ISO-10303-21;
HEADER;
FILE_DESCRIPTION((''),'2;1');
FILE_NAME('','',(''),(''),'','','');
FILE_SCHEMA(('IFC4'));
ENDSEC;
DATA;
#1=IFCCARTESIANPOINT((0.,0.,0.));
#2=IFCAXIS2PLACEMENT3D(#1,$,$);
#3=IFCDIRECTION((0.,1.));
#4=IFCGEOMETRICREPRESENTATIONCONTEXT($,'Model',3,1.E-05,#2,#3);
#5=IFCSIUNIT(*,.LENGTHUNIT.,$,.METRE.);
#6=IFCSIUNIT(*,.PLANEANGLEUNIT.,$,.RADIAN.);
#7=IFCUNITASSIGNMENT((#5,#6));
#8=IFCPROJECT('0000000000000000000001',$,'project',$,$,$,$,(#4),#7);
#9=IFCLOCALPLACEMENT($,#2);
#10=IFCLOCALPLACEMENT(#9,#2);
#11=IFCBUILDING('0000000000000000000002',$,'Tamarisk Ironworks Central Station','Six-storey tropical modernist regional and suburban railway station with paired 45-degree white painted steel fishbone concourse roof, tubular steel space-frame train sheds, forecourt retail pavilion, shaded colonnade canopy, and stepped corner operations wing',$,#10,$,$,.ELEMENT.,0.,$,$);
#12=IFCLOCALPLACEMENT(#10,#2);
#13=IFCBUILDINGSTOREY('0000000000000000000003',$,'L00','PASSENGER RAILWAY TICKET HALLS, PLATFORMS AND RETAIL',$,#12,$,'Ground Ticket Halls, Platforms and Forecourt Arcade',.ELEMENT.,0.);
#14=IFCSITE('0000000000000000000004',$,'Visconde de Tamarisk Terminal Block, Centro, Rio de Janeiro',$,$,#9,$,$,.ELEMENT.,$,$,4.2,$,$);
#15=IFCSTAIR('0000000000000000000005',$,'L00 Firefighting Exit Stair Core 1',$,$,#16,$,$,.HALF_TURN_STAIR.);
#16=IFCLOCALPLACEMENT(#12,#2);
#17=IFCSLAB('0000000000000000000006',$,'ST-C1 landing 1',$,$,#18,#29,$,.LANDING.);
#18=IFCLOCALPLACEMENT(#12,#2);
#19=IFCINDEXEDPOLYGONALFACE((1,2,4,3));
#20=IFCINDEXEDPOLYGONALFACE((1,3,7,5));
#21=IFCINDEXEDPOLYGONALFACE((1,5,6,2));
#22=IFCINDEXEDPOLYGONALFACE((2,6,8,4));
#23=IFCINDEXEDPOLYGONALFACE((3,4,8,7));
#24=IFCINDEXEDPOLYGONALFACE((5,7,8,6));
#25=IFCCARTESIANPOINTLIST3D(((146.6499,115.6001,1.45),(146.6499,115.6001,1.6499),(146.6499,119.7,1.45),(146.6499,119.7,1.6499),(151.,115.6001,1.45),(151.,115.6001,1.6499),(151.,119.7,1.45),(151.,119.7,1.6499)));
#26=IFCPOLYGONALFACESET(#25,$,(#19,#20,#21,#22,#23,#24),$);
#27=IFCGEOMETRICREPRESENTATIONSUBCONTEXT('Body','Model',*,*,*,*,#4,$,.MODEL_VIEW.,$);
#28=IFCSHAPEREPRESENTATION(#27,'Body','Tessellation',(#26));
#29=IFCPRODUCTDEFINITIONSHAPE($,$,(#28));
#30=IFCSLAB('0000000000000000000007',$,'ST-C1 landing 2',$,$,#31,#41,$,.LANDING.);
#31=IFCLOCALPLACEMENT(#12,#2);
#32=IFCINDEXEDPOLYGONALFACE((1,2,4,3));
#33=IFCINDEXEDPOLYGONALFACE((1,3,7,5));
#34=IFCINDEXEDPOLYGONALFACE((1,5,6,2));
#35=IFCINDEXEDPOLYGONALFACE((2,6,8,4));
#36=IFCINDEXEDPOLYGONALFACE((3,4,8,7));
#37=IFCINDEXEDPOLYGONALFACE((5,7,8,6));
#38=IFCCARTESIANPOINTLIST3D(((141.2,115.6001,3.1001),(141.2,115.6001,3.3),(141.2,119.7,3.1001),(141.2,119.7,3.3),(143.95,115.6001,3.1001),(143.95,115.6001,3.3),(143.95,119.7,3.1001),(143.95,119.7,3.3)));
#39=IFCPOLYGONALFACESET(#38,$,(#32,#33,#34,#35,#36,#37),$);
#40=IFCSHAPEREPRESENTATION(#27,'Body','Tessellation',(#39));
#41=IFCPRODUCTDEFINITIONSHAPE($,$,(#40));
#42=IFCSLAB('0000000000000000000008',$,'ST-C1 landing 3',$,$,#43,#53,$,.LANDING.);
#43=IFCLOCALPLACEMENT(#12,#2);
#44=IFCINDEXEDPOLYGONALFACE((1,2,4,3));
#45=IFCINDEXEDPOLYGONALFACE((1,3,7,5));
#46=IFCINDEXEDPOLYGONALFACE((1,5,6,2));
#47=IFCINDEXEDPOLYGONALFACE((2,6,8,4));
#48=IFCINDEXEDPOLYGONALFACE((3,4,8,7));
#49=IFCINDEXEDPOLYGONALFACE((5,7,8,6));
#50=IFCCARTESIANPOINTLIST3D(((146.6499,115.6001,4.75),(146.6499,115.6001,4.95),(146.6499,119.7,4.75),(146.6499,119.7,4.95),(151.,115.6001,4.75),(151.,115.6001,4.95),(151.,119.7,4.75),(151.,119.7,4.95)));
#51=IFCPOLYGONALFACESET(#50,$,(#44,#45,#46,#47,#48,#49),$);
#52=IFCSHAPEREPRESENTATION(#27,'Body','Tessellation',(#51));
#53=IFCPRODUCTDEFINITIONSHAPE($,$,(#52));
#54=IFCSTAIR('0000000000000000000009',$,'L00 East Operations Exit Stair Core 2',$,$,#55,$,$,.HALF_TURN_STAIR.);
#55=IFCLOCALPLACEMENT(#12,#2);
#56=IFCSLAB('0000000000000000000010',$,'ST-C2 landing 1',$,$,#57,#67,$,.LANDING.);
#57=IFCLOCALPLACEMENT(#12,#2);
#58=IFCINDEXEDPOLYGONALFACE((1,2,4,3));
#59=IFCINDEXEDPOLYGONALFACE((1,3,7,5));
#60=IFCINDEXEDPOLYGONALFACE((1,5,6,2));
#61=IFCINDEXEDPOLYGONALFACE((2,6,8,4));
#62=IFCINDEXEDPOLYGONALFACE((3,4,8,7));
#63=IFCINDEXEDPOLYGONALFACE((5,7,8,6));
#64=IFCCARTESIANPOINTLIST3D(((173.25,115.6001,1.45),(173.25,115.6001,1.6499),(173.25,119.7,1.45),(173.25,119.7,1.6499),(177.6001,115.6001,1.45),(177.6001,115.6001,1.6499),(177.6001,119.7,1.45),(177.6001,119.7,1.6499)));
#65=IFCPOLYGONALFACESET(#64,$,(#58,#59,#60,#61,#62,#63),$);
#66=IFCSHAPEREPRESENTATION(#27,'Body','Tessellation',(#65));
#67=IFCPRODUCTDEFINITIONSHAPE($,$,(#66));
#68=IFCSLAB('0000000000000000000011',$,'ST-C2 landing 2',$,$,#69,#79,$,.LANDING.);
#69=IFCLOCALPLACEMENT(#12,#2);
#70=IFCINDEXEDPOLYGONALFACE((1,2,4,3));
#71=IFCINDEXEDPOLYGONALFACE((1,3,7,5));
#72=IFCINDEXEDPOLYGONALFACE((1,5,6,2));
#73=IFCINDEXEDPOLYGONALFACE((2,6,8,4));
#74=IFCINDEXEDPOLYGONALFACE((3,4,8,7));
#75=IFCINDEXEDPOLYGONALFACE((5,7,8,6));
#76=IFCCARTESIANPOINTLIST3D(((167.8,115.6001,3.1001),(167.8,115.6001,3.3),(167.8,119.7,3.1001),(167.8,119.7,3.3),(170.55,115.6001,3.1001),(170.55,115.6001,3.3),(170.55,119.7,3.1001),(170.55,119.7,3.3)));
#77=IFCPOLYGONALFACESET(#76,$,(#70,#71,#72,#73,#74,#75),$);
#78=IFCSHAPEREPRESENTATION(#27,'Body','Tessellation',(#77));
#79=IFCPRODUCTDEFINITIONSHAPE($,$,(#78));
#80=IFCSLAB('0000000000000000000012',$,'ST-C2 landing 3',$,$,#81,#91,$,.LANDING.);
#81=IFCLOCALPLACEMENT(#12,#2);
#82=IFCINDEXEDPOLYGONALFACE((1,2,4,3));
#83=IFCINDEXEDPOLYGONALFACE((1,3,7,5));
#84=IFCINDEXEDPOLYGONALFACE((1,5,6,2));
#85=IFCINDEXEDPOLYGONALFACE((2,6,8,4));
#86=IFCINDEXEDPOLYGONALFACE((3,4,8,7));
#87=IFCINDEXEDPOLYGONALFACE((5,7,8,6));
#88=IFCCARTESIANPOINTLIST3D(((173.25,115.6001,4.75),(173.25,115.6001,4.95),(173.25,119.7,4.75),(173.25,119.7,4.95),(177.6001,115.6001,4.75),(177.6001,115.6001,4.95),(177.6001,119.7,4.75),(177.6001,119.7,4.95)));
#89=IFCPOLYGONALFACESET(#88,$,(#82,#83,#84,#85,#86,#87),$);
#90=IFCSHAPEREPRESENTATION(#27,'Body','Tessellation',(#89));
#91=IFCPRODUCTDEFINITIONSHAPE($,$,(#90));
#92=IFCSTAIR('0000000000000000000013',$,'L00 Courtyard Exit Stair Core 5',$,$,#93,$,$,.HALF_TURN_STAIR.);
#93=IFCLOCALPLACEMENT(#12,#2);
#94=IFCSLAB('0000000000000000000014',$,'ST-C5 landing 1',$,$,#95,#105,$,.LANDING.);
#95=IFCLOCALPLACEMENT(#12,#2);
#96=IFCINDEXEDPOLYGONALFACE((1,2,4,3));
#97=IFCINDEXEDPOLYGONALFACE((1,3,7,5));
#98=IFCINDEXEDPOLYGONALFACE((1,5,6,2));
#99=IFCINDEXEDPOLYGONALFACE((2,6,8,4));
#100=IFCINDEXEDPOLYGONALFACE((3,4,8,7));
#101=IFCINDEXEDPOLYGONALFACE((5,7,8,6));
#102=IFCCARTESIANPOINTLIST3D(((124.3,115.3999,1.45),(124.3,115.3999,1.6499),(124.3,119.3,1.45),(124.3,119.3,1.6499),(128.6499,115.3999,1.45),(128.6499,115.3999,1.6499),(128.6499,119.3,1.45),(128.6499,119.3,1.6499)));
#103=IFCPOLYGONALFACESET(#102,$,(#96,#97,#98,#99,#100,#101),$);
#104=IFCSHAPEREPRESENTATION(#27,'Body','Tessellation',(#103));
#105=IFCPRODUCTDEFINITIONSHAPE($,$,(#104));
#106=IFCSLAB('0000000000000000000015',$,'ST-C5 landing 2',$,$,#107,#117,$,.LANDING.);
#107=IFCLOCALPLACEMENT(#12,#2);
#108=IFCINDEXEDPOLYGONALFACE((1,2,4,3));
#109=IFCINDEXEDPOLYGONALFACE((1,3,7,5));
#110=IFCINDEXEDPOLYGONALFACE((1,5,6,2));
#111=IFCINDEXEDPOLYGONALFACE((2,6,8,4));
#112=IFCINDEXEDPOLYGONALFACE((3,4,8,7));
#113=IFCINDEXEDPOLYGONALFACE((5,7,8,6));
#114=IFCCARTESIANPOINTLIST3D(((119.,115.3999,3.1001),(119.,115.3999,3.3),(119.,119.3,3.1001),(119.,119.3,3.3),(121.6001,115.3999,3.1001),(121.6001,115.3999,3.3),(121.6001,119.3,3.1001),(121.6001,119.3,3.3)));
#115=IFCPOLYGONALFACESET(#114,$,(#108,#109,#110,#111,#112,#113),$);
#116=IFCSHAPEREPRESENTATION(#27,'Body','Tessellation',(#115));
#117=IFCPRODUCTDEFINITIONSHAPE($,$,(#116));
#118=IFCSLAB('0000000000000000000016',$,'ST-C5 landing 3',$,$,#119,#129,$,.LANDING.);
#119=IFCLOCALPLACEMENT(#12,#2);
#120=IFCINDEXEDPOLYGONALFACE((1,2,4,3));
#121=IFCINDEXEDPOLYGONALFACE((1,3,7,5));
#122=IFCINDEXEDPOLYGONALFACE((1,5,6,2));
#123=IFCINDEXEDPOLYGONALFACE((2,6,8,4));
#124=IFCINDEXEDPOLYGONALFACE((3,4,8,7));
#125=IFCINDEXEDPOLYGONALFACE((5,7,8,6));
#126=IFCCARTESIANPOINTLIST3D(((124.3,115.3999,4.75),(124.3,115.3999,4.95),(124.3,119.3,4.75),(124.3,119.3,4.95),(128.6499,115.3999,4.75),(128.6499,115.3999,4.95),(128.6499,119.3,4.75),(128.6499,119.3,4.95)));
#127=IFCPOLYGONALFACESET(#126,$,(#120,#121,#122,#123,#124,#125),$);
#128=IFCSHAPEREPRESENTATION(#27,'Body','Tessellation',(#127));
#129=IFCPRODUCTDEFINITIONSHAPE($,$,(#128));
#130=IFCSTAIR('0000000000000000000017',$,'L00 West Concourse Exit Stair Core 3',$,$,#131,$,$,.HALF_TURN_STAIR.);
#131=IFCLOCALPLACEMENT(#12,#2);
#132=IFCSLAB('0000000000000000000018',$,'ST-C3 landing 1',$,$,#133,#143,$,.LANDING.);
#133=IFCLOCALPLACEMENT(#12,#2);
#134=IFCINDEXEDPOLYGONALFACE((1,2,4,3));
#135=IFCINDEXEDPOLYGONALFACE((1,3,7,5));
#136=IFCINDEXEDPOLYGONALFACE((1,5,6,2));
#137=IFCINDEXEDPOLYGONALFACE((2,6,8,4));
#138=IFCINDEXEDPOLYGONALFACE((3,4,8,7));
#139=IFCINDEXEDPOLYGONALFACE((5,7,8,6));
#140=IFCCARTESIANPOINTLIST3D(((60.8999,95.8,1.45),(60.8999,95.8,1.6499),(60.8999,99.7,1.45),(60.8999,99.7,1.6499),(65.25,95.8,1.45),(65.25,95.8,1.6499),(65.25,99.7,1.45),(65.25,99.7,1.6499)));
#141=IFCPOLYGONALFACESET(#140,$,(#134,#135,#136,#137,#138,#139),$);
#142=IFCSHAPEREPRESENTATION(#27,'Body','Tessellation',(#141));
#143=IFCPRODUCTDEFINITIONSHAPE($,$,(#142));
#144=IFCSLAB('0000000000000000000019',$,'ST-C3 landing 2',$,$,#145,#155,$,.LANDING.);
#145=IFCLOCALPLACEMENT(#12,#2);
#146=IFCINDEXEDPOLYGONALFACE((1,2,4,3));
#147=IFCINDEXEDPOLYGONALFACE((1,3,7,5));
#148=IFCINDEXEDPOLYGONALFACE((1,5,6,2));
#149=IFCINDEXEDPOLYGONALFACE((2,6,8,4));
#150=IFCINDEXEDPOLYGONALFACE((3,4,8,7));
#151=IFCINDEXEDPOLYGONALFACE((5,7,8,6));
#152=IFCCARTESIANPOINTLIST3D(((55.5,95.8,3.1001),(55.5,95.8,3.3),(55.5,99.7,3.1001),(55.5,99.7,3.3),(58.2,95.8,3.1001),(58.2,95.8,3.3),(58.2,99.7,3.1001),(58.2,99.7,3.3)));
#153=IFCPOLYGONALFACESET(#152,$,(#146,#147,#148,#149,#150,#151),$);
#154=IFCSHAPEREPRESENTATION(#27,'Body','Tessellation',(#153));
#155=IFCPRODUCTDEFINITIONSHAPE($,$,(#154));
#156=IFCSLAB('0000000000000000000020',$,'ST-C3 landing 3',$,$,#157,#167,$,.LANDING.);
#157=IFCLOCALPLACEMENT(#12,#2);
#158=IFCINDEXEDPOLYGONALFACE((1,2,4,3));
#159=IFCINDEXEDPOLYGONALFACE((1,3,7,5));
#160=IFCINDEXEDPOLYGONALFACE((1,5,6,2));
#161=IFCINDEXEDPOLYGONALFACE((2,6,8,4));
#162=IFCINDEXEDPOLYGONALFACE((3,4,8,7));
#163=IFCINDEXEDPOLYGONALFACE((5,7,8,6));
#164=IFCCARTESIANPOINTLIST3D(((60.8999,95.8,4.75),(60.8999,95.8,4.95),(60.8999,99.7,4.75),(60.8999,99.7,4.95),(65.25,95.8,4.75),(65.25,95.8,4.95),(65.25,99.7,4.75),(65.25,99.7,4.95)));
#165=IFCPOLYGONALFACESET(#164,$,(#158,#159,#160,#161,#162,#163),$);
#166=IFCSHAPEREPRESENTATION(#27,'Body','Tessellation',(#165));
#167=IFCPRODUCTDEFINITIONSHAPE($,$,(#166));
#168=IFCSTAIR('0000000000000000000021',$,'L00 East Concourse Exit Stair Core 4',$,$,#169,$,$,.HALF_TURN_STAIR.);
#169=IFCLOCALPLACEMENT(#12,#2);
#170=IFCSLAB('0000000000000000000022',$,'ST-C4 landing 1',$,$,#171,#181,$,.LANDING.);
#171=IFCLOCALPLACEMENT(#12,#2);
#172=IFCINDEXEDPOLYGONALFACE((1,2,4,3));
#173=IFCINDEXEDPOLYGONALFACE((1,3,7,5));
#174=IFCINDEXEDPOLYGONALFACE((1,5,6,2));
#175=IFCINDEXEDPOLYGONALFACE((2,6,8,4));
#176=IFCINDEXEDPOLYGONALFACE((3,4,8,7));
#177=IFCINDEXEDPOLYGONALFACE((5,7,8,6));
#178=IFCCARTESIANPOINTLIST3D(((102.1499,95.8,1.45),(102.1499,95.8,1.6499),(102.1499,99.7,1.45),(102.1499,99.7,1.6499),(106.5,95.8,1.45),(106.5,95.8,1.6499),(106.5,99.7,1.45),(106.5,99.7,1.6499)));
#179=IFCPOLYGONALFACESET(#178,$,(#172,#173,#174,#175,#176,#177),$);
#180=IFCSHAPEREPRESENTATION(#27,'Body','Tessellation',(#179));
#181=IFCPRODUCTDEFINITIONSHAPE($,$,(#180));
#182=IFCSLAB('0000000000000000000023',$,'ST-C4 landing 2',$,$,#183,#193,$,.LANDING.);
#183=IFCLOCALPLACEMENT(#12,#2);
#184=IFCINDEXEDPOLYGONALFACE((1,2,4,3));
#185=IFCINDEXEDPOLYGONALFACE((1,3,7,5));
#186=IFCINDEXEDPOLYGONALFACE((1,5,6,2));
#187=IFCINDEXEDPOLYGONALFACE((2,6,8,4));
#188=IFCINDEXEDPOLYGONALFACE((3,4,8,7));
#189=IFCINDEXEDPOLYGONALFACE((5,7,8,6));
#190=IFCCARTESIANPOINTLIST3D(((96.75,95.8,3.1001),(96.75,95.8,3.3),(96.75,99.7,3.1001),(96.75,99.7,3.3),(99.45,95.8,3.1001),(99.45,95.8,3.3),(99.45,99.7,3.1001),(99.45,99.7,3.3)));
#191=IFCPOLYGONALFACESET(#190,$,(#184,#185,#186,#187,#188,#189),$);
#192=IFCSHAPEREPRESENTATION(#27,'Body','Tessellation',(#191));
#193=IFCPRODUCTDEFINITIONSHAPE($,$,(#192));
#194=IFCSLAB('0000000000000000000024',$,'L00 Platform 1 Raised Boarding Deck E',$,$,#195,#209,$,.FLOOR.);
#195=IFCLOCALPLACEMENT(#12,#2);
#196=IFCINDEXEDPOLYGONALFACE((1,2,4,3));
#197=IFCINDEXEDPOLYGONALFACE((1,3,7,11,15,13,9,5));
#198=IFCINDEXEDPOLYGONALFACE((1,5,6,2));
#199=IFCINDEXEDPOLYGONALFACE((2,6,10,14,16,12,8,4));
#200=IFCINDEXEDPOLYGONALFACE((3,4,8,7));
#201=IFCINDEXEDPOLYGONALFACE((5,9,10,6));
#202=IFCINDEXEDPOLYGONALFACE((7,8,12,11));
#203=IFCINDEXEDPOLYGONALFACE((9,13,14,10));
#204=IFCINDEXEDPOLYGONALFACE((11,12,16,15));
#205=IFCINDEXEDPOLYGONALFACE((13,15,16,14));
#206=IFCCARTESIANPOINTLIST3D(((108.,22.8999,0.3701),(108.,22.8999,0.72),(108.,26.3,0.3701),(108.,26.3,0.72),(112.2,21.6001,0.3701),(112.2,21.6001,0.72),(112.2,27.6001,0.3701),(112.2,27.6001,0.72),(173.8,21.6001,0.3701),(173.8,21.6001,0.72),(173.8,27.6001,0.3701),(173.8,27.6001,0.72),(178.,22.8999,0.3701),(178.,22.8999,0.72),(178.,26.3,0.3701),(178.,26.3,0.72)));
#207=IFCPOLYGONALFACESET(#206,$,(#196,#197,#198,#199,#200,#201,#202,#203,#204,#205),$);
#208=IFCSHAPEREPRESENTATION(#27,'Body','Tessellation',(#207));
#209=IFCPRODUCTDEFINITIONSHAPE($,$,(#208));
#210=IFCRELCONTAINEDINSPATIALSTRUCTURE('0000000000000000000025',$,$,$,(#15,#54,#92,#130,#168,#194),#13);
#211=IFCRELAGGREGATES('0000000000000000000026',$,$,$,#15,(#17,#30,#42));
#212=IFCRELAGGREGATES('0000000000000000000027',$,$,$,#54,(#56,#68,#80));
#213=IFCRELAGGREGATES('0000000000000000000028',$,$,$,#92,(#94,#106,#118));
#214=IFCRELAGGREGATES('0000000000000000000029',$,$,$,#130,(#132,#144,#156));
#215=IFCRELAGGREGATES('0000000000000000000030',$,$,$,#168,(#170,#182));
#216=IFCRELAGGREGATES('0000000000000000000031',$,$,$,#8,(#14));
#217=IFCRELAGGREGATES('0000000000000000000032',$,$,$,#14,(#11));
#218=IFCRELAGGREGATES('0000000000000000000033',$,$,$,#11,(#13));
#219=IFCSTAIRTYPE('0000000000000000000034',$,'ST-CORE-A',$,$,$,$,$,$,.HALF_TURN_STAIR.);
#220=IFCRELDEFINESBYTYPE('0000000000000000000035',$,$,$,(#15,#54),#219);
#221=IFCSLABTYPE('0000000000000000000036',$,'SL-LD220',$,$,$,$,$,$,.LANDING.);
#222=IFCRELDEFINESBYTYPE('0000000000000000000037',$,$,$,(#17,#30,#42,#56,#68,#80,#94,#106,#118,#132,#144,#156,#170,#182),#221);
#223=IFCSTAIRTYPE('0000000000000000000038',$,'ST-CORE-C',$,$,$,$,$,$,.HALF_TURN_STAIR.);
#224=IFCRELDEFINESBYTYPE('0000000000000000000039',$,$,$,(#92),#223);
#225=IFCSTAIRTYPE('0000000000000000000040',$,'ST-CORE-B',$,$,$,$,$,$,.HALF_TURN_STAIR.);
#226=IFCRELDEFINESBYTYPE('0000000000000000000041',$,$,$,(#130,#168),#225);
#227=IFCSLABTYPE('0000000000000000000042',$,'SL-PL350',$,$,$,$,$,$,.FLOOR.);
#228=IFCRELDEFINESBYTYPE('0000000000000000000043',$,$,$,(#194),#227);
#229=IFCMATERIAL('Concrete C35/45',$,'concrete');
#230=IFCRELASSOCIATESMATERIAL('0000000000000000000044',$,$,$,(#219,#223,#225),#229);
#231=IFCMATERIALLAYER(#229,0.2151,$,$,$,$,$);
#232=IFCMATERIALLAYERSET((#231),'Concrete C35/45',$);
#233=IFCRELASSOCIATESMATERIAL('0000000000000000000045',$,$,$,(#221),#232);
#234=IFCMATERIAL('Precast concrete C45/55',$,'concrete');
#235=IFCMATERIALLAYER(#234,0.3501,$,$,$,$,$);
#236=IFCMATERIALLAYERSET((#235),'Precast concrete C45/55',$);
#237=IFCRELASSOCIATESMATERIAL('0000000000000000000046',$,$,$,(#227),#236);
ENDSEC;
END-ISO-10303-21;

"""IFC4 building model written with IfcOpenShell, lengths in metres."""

from ifc_helpers import new_model, si_unit, direction, frame, origin, place, context, subcontext, project, spatial, polyline, outline, extrude, material, layer, layer_set, type_object, element, aggregate, save


model = new_model("IFC4")

# Units and contexts
model_context = context("Model", 3, precision=1e-05, world=origin(), true_north=direction((0.0, 1.0)))
body_context = subcontext(model_context, "Body", "Model", "MODEL_VIEW")
ifc_project = project(units=[si_unit("LENGTHUNIT", "METRE"), si_unit("PLANEANGLEUNIT", "RADIAN")], contexts=[model_context])

# Site, building, storey
site_placement = place(None, origin())
site = spatial("IfcSite", under=ifc_project, at=site_placement, Name="Visconde de Tamarisk Terminal Block, Centro, Rio de Janeiro", CompositionType="ELEMENT", RefElevation=4.2)
building_placement = place(site_placement, origin())
building = spatial("IfcBuilding", under=site, at=building_placement, Name="Tamarisk Ironworks Central Station", Description="Six-storey tropical modernist regional and suburban railway station with paired 45-degree white painted steel fishbone concourse roof, tubular steel space-frame train sheds, forecourt retail pavilion, shaded colonnade canopy, and stepped corner operations wing", CompositionType="ELEMENT", ElevationOfRefHeight=0.0)
storey_placement = place(building_placement, origin())
storey = spatial("IfcBuildingStorey", under=building, at=storey_placement, Name="L00", Description="PASSENGER RAILWAY TICKET HALLS, PLATFORMS AND RETAIL", LongName="Ground Ticket Halls, Platforms and Forecourt Arcade", CompositionType="ELEMENT", Elevation=0.0)

# Stairs, slabs
ifc_material_1 = material(Name="Concrete C35/45", Category="concrete")
stair_type_1 = type_object("IfcStairType", Name="ST-CORE-A", PredefinedType="HALF_TURN_STAIR", material=ifc_material_1)
stair_1_placement = place(storey_placement, origin())
stair_1 = element("IfcStair", 1, at=stair_1_placement, inside=storey, type_object=stair_type_1, Name="L00 Firefighting Exit Stair Core 1", PredefinedType="HALF_TURN_STAIR")
ifc_layer_1 = layer(ifc_material_1, 0.2151)
ifc_layer_set_1 = layer_set([ifc_layer_1], Name="Concrete C35/45")
slab_type_1 = type_object("IfcSlabType", Name="SL-LD220", PredefinedType="LANDING", material=ifc_layer_set_1)
slab_1_placement = place(storey_placement, frame((0.0, 0.0, 1.45)))
slab_1 = element("IfcSlab", 2, at=slab_1_placement, type_object=slab_type_1, Name="ST-C1 landing 1", PredefinedType="LANDING", context=body_context, shape_type="SweptSolid", body=[
    extrude(outline(polyline([(146.6499, 115.6001), (151.0, 115.6001), (151.0, 119.7), (146.6499, 119.7), (146.6499, 115.6001)])), origin(), (0.0, 0.0, 1.0), 0.2),
])
slab_2_placement = place(storey_placement, frame((0.0, 0.0, 3.1001)))
slab_2 = element("IfcSlab", 3, at=slab_2_placement, type_object=slab_type_1, Name="ST-C1 landing 2", PredefinedType="LANDING", context=body_context, shape_type="SweptSolid", body=[
    extrude(outline(polyline([(141.2, 115.6001), (143.95, 115.6001), (143.95, 119.7), (141.2, 119.7), (141.2, 115.6001)])), origin(), (0.0, 0.0, 1.0), 0.2),
])
slab_3_placement = place(storey_placement, frame((0.0, 0.0, 4.75)))
slab_3 = element("IfcSlab", 4, at=slab_3_placement, type_object=slab_type_1, Name="ST-C1 landing 3", PredefinedType="LANDING", context=body_context, shape_type="SweptSolid", body=[
    extrude(outline(polyline([(146.6499, 115.6001), (151.0, 115.6001), (151.0, 119.7), (146.6499, 119.7), (146.6499, 115.6001)])), origin(), (0.0, 0.0, 1.0), 0.2),
])
aggregate(stair_1, [slab_1, slab_2, slab_3])
stair_2_placement = place(storey_placement, origin())
stair_2 = element("IfcStair", 5, at=stair_2_placement, inside=storey, type_object=stair_type_1, Name="L00 East Operations Exit Stair Core 2", PredefinedType="HALF_TURN_STAIR")
slab_4_placement = place(storey_placement, frame((0.0, 0.0, 1.45)))
slab_4 = element("IfcSlab", 6, at=slab_4_placement, type_object=slab_type_1, Name="ST-C2 landing 1", PredefinedType="LANDING", context=body_context, shape_type="SweptSolid", body=[
    extrude(outline(polyline([(173.25, 115.6001), (177.6001, 115.6001), (177.6001, 119.7), (173.25, 119.7), (173.25, 115.6001)])), origin(), (0.0, 0.0, 1.0), 0.2),
])
slab_5_placement = place(storey_placement, frame((0.0, 0.0, 3.1001)))
slab_5 = element("IfcSlab", 7, at=slab_5_placement, type_object=slab_type_1, Name="ST-C2 landing 2", PredefinedType="LANDING", context=body_context, shape_type="SweptSolid", body=[
    extrude(outline(polyline([(167.8, 115.6001), (170.55, 115.6001), (170.55, 119.7), (167.8, 119.7), (167.8, 115.6001)])), origin(), (0.0, 0.0, 1.0), 0.2),
])
slab_6_placement = place(storey_placement, frame((0.0, 0.0, 4.75)))
slab_6 = element("IfcSlab", 8, at=slab_6_placement, type_object=slab_type_1, Name="ST-C2 landing 3", PredefinedType="LANDING", context=body_context, shape_type="SweptSolid", body=[
    extrude(outline(polyline([(173.25, 115.6001), (177.6001, 115.6001), (177.6001, 119.7), (173.25, 119.7), (173.25, 115.6001)])), origin(), (0.0, 0.0, 1.0), 0.2),
])
aggregate(stair_2, [slab_4, slab_5, slab_6])
stair_type_2 = type_object("IfcStairType", Name="ST-CORE-C", PredefinedType="HALF_TURN_STAIR", material=ifc_material_1)
stair_3_placement = place(storey_placement, origin())
stair_3 = element("IfcStair", 9, at=stair_3_placement, inside=storey, type_object=stair_type_2, Name="L00 Courtyard Exit Stair Core 5", PredefinedType="HALF_TURN_STAIR")
slab_7_placement = place(storey_placement, frame((0.0, 0.0, 1.45)))
slab_7 = element("IfcSlab", 10, at=slab_7_placement, type_object=slab_type_1, Name="ST-C5 landing 1", PredefinedType="LANDING", context=body_context, shape_type="SweptSolid", body=[
    extrude(outline(polyline([(124.3, 115.3999), (128.6499, 115.3999), (128.6499, 119.3), (124.3, 119.3), (124.3, 115.3999)])), origin(), (0.0, 0.0, 1.0), 0.2),
])
slab_8_placement = place(storey_placement, frame((0.0, 0.0, 3.1001)))
slab_8 = element("IfcSlab", 11, at=slab_8_placement, type_object=slab_type_1, Name="ST-C5 landing 2", PredefinedType="LANDING", context=body_context, shape_type="SweptSolid", body=[
    extrude(outline(polyline([(119.0, 115.3999), (121.6001, 115.3999), (121.6001, 119.3), (119.0, 119.3), (119.0, 115.3999)])), origin(), (0.0, 0.0, 1.0), 0.2),
])
slab_9_placement = place(storey_placement, frame((0.0, 0.0, 4.75)))
slab_9 = element("IfcSlab", 12, at=slab_9_placement, type_object=slab_type_1, Name="ST-C5 landing 3", PredefinedType="LANDING", context=body_context, shape_type="SweptSolid", body=[
    extrude(outline(polyline([(124.3, 115.3999), (128.6499, 115.3999), (128.6499, 119.3), (124.3, 119.3), (124.3, 115.3999)])), origin(), (0.0, 0.0, 1.0), 0.2),
])
aggregate(stair_3, [slab_7, slab_8, slab_9])
stair_type_3 = type_object("IfcStairType", Name="ST-CORE-B", PredefinedType="HALF_TURN_STAIR", material=ifc_material_1)
stair_4_placement = place(storey_placement, origin())
stair_4 = element("IfcStair", 13, at=stair_4_placement, inside=storey, type_object=stair_type_3, Name="L00 West Concourse Exit Stair Core 3", PredefinedType="HALF_TURN_STAIR")
slab_10_placement = place(storey_placement, frame((0.0, 0.0, 1.45)))
slab_10 = element("IfcSlab", 14, at=slab_10_placement, type_object=slab_type_1, Name="ST-C3 landing 1", PredefinedType="LANDING", context=body_context, shape_type="SweptSolid", body=[
    extrude(outline(polyline([(60.8999, 95.8), (65.25, 95.8), (65.25, 99.7), (60.8999, 99.7), (60.8999, 95.8)])), origin(), (0.0, 0.0, 1.0), 0.2),
])
slab_11_placement = place(storey_placement, frame((0.0, 0.0, 3.1001)))
slab_11 = element("IfcSlab", 15, at=slab_11_placement, type_object=slab_type_1, Name="ST-C3 landing 2", PredefinedType="LANDING", context=body_context, shape_type="SweptSolid", body=[
    extrude(outline(polyline([(55.5, 95.8), (58.2, 95.8), (58.2, 99.7), (55.5, 99.7), (55.5, 95.8)])), origin(), (0.0, 0.0, 1.0), 0.2),
])
slab_12_placement = place(storey_placement, frame((0.0, 0.0, 4.75)))
slab_12 = element("IfcSlab", 16, at=slab_12_placement, type_object=slab_type_1, Name="ST-C3 landing 3", PredefinedType="LANDING", context=body_context, shape_type="SweptSolid", body=[
    extrude(outline(polyline([(60.8999, 95.8), (65.25, 95.8), (65.25, 99.7), (60.8999, 99.7), (60.8999, 95.8)])), origin(), (0.0, 0.0, 1.0), 0.2),
])
aggregate(stair_4, [slab_10, slab_11, slab_12])
stair_5_placement = place(storey_placement, origin())
stair_5 = element("IfcStair", 17, at=stair_5_placement, inside=storey, type_object=stair_type_3, Name="L00 East Concourse Exit Stair Core 4", PredefinedType="HALF_TURN_STAIR")
slab_13_placement = place(storey_placement, frame((0.0, 0.0, 1.45)))
slab_13 = element("IfcSlab", 18, at=slab_13_placement, type_object=slab_type_1, Name="ST-C4 landing 1", PredefinedType="LANDING", context=body_context, shape_type="SweptSolid", body=[
    extrude(outline(polyline([(102.1499, 95.8), (106.5, 95.8), (106.5, 99.7), (102.1499, 99.7), (102.1499, 95.8)])), origin(), (0.0, 0.0, 1.0), 0.2),
])
slab_14_placement = place(storey_placement, frame((0.0, 0.0, 3.1001)))
slab_14 = element("IfcSlab", 19, at=slab_14_placement, type_object=slab_type_1, Name="ST-C4 landing 2", PredefinedType="LANDING", context=body_context, shape_type="SweptSolid", body=[
    extrude(outline(polyline([(96.75, 95.8), (99.45, 95.8), (99.45, 99.7), (96.75, 99.7), (96.75, 95.8)])), origin(), (0.0, 0.0, 1.0), 0.2),
])
aggregate(stair_5, [slab_13, slab_14])

# Slab
ifc_material_2 = material(Name="Precast concrete C45/55", Category="concrete")
ifc_layer_2 = layer(ifc_material_2, 0.3501)
ifc_layer_set_2 = layer_set([ifc_layer_2], Name="Precast concrete C45/55")
slab_type_2 = type_object("IfcSlabType", Name="SL-PL350", PredefinedType="FLOOR", material=ifc_layer_set_2)
slab_15_placement = place(storey_placement, frame((0.0, 0.0, 0.3701)))
element("IfcSlab", 20, at=slab_15_placement, inside=storey, type_object=slab_type_2, Name="L00 Platform 1 Raised Boarding Deck E", PredefinedType="FLOOR", context=body_context, shape_type="SweptSolid", body=[
    extrude(outline(polyline([(112.2, 21.6001), (173.8, 21.6001), (178.0, 22.8999), (178.0, 26.3), (173.8, 27.6001), (112.2, 27.6001), (108.0, 26.3), (108.0, 22.8999), (112.2, 21.6001)])), origin(), (0.0, 0.0, 1.0), 0.3499),
])

save(model, "model.ifc")
